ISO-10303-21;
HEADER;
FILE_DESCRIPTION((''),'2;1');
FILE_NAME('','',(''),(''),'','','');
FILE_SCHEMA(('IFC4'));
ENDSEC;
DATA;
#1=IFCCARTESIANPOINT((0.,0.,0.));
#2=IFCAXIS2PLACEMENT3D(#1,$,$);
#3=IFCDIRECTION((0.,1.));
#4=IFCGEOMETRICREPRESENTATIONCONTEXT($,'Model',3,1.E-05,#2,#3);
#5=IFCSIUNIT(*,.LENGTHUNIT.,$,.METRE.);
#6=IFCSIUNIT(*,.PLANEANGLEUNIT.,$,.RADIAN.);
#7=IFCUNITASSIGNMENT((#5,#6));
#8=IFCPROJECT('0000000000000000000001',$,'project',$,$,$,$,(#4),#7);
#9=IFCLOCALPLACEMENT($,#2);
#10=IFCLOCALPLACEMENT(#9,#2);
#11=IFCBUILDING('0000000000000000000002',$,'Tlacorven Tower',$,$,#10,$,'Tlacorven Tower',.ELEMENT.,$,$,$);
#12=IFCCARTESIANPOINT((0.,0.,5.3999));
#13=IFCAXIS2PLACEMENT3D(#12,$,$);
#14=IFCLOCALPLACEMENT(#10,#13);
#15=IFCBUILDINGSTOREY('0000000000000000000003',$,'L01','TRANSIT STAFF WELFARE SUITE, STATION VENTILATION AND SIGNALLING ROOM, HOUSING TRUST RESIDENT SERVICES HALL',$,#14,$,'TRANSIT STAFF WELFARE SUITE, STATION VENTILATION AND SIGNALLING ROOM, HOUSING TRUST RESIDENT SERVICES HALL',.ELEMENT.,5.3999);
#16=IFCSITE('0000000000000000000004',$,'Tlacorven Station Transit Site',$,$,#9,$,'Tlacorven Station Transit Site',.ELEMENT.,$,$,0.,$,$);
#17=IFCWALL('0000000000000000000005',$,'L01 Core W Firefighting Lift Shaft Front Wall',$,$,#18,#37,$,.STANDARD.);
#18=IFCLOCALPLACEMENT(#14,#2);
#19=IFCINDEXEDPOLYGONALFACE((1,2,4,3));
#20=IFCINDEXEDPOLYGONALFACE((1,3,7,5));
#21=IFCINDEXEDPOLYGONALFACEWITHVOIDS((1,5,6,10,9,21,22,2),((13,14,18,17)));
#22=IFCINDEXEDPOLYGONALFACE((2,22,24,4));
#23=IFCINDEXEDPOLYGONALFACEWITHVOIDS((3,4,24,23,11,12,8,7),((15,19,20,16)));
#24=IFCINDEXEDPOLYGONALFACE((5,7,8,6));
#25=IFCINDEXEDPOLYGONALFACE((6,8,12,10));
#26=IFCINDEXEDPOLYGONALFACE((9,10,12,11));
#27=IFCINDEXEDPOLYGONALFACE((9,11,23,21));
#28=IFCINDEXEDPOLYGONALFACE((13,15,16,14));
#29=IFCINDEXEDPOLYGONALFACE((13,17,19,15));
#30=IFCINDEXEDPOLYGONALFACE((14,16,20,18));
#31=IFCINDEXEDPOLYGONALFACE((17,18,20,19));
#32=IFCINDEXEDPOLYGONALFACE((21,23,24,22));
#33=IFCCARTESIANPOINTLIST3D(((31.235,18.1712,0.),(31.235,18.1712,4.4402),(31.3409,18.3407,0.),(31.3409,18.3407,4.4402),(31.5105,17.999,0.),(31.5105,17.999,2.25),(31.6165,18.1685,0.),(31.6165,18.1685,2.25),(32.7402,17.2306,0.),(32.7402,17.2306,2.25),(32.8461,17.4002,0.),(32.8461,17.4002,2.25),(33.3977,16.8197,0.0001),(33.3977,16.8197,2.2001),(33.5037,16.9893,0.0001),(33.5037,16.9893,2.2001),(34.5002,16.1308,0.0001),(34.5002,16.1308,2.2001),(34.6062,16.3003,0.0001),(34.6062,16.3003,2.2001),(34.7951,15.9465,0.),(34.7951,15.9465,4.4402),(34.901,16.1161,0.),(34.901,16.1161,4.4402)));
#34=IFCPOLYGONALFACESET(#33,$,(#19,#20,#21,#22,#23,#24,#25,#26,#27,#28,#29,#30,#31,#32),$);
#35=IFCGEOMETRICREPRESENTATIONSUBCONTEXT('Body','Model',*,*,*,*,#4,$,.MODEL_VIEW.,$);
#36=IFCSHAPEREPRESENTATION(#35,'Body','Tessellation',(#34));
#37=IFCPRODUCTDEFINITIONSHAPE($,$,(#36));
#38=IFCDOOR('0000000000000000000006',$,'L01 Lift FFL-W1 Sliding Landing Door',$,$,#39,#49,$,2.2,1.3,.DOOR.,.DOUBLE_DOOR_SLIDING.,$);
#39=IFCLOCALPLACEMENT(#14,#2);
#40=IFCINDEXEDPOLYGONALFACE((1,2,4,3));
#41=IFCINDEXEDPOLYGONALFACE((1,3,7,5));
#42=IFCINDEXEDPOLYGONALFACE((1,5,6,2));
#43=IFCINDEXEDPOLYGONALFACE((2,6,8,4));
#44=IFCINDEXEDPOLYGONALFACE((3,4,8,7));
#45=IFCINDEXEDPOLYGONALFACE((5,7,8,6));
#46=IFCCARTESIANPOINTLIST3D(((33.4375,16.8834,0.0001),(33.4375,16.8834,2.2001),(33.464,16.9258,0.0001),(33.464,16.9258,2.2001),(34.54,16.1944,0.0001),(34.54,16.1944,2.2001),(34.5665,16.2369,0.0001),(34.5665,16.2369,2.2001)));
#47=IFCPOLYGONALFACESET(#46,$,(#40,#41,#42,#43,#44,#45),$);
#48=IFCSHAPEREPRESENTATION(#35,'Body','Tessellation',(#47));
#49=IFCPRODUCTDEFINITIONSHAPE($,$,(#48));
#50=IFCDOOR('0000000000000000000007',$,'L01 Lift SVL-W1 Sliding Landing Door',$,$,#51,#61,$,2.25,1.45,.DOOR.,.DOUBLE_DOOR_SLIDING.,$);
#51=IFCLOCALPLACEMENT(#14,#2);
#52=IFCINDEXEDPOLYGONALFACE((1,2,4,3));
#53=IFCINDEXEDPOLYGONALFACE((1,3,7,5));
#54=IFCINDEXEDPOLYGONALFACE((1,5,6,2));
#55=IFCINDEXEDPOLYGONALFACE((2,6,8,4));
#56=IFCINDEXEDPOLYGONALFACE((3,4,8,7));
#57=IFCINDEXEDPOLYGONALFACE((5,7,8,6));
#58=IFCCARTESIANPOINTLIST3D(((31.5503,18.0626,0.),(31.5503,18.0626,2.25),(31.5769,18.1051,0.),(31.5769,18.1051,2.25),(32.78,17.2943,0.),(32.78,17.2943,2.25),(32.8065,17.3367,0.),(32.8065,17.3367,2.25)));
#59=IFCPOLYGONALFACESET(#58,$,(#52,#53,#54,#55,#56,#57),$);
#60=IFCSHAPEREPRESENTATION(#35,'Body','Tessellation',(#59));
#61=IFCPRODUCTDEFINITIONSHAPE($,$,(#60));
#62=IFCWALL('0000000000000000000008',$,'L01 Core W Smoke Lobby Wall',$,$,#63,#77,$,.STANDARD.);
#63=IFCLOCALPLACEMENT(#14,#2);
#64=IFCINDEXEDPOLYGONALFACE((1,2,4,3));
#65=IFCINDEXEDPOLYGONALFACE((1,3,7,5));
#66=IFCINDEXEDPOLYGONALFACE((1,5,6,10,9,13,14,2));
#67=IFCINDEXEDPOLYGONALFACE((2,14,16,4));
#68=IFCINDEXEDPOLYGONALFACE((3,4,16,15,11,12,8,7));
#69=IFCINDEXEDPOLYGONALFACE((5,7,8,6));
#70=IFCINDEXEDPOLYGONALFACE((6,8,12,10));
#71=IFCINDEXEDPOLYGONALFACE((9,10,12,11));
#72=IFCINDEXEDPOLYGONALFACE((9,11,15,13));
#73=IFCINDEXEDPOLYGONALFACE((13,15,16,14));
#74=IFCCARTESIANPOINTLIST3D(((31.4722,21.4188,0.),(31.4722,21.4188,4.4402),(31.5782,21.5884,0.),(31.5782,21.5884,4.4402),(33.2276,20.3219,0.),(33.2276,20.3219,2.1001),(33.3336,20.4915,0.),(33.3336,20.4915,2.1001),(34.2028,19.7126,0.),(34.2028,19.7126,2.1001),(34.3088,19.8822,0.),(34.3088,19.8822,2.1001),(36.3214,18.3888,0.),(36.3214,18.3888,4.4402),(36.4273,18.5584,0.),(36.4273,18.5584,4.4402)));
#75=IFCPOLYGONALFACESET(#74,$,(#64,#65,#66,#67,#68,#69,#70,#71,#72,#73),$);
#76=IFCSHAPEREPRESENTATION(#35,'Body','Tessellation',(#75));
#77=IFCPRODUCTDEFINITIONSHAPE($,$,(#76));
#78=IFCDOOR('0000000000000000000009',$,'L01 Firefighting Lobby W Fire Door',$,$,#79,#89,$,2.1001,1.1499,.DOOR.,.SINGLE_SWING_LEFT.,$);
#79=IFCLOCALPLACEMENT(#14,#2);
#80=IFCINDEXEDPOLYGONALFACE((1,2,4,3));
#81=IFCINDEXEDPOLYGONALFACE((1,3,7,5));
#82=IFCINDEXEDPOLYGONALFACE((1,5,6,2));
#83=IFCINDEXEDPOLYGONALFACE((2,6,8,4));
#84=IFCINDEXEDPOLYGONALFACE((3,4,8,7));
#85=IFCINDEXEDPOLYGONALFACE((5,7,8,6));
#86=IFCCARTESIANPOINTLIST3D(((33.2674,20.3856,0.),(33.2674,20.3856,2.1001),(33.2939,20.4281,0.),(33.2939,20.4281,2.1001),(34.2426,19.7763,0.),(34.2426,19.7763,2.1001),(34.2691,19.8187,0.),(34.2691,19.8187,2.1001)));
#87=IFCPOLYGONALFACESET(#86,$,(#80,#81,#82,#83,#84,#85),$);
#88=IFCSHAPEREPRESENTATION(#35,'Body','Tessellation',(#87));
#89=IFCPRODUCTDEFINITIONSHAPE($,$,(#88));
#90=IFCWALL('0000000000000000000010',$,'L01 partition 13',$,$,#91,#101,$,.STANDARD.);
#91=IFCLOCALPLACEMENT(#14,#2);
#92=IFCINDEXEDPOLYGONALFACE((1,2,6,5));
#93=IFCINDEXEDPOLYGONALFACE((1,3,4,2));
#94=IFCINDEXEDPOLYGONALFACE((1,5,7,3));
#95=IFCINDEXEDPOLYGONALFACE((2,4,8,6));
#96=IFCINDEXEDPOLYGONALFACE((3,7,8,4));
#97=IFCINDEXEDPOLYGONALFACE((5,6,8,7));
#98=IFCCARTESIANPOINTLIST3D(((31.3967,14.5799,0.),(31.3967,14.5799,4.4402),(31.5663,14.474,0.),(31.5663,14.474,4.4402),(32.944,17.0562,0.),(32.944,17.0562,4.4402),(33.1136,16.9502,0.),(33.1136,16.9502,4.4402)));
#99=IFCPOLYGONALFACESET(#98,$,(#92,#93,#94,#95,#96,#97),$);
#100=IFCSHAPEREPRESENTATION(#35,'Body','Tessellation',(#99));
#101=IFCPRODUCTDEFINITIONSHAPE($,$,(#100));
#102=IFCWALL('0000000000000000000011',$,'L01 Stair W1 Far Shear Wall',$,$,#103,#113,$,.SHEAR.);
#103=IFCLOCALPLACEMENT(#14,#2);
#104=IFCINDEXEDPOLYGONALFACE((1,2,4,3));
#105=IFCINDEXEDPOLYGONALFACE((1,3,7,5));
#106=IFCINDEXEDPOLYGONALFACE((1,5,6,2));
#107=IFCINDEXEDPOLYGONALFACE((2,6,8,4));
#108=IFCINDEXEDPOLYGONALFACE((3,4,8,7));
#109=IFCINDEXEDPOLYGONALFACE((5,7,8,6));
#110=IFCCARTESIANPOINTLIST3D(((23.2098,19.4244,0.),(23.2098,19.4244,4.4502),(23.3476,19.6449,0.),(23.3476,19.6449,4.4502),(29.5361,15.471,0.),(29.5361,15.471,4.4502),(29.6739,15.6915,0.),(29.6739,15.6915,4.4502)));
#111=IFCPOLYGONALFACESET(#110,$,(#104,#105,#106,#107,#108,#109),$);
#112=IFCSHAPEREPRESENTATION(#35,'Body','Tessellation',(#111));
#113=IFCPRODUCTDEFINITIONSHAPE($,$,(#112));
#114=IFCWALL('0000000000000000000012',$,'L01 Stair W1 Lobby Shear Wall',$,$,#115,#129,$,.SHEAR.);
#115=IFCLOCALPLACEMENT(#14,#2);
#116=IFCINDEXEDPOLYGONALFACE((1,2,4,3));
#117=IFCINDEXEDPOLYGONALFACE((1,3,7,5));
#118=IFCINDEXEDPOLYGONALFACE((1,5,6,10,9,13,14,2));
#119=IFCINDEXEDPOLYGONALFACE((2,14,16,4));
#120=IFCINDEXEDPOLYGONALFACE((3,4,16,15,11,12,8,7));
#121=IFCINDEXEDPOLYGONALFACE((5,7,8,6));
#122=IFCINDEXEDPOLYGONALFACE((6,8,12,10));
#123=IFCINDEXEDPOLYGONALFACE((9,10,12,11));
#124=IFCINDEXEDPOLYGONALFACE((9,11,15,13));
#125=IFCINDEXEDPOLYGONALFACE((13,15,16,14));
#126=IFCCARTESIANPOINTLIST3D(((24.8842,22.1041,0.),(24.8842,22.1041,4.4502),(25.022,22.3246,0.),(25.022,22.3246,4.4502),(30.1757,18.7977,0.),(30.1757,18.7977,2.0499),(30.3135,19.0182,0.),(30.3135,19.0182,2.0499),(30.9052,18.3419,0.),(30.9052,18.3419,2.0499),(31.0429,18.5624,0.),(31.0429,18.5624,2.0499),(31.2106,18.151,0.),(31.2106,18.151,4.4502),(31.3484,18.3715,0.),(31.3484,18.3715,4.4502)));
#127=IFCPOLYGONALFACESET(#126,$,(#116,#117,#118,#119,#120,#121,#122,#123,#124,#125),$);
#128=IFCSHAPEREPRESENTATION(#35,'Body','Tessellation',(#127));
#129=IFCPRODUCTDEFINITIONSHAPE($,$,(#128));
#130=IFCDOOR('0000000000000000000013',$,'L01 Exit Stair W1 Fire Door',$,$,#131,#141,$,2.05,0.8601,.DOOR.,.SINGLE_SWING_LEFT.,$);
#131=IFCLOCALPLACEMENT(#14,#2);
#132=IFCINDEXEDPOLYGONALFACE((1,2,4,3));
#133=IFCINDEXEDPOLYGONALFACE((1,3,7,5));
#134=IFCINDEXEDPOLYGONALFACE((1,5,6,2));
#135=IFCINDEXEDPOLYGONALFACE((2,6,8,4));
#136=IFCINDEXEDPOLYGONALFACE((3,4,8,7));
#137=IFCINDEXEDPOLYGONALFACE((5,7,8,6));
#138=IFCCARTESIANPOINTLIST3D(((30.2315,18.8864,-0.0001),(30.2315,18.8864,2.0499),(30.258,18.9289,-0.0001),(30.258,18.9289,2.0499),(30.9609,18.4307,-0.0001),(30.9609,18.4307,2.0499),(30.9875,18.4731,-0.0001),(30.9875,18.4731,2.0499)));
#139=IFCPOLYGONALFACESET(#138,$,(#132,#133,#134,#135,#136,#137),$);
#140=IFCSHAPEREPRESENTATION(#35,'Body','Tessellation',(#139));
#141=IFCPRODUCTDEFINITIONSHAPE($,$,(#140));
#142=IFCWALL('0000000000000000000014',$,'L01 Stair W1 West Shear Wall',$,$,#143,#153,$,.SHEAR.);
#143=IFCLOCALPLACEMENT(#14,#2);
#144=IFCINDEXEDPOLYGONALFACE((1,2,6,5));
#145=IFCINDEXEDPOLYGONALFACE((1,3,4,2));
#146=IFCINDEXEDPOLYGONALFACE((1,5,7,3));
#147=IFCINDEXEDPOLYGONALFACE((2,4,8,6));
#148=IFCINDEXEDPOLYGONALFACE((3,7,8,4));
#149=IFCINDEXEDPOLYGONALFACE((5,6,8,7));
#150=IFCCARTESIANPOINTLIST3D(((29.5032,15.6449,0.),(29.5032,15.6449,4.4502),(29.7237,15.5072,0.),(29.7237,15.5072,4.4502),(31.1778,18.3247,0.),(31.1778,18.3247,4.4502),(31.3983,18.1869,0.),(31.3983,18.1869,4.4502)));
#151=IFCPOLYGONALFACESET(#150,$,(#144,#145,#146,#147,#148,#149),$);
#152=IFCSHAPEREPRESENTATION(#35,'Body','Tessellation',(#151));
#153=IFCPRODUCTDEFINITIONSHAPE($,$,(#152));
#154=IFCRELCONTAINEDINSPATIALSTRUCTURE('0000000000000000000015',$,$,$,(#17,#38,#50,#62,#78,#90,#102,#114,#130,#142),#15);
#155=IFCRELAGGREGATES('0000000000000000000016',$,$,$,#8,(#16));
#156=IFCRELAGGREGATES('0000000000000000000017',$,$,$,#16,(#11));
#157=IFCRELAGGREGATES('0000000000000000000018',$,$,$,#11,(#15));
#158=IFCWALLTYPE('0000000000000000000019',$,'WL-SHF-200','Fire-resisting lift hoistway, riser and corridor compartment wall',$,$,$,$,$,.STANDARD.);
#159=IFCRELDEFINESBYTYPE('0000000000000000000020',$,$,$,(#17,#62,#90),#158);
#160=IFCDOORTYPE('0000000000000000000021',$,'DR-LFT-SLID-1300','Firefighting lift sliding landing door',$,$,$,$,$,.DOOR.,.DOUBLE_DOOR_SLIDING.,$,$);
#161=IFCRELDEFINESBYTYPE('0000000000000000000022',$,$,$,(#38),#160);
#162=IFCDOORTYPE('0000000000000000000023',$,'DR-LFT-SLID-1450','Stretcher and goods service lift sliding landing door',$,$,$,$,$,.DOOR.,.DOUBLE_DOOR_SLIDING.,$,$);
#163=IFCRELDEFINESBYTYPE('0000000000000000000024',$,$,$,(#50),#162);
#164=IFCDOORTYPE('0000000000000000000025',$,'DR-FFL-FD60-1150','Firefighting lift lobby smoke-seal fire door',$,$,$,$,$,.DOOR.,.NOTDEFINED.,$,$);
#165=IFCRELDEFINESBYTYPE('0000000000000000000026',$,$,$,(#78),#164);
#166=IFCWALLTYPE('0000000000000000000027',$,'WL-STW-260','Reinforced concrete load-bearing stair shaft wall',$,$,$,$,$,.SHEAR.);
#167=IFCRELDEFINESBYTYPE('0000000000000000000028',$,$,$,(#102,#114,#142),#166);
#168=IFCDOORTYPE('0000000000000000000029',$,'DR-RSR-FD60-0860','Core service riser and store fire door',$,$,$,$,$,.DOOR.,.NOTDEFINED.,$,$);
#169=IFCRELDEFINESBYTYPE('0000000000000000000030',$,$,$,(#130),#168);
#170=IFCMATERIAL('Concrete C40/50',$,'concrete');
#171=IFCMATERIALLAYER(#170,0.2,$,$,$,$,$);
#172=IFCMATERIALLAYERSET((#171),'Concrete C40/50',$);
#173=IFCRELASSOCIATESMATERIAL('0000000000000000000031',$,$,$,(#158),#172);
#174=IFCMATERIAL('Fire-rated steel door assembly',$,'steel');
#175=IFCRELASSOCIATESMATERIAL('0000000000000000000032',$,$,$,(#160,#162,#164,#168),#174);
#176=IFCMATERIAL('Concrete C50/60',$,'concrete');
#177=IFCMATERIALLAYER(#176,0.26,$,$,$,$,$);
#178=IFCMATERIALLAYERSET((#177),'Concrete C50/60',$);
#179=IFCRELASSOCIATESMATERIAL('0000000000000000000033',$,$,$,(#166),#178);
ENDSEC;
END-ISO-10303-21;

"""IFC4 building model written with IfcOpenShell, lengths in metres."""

from ifc_helpers import new_model, si_unit, direction, frame, frame_2d, origin, place, context, subcontext, project, spatial, rectangle, extrude, source, transform, mapped, material, layer, layer_set, type_object, element, fill, save


model = new_model("IFC4")

# Units and contexts
model_context = context("Model", 3, precision=1e-05, world=origin(), true_north=direction((0.0, 1.0)))
body_context = subcontext(model_context, "Body", "Model", "MODEL_VIEW")
ifc_project = project(units=[si_unit("LENGTHUNIT", "METRE"), si_unit("PLANEANGLEUNIT", "RADIAN")], contexts=[model_context])

# Site, building, storey
site_placement = place(None, origin())
site = spatial("IfcSite", under=ifc_project, at=site_placement, Name="Tlacorven Station Transit Site", LongName="Tlacorven Station Transit Site", CompositionType="ELEMENT", RefElevation=0.0)
building_placement = place(site_placement, origin())
building = spatial("IfcBuilding", under=site, at=building_placement, Name="Tlacorven Tower", LongName="Tlacorven Tower", CompositionType="ELEMENT")
storey_placement = place(building_placement, frame((0.0, 0.0, 5.3999)))
storey = spatial("IfcBuildingStorey", under=building, at=storey_placement, Name="L01", Description="TRANSIT STAFF WELFARE SUITE, STATION VENTILATION AND SIGNALLING ROOM, HOUSING TRUST RESIDENT SERVICES HALL", LongName="TRANSIT STAFF WELFARE SUITE, STATION VENTILATION AND SIGNALLING ROOM, HOUSING TRUST RESIDENT SERVICES HALL", CompositionType="ELEMENT", Elevation=5.3999)

# Wall, openings, doors
ifc_material_1 = material(Name="Concrete C40/50", Category="concrete")
ifc_layer_1 = layer(ifc_material_1, 0.2)
ifc_layer_set_1 = layer_set([ifc_layer_1], Name="Concrete C40/50")
wall_type_1 = type_object("IfcWallType", Name="WL-SHF-200", Description="Fire-resisting lift hoistway, riser and corridor compartment wall", PredefinedType="STANDARD", material=ifc_layer_set_1)
wall_1_placement = place(storey_placement, frame((34.8481, 16.0312, 0.0), z_axis=(0.0, 0.0, 1.0), x_axis=(-0.848044, 0.529926, 0.0)))
wall_1 = element("IfcWall", 1, at=wall_1_placement, inside=storey, type_object=wall_type_1, Name="L01 Core W Firefighting Lift Shaft Front Wall", PredefinedType="STANDARD", context=body_context, shape_type="SweptSolid", body=[
    extrude(rectangle(XDim=4.198, YDim=0.2, at=frame_2d((2.0991, 0.0))), origin(), (0.0, 0.0, 1.0), 4.4402),
])
opening_1_placement = place(wall_1_placement, frame((0.3479, 0.0, 0.0)))
opening_1 = element("IfcOpeningElement", 2, at=opening_1_placement, cuts=wall_1, PredefinedType="OPENING", context=body_context, shape_type="SweptSolid", body=[
    extrude(rectangle(XDim=1.3, YDim=2.2, at=frame_2d((0.6499, 1.1001))), frame((0.0, 0.1099, 0.0), z_axis=(0.0, -1.0, 0.0), x_axis=(1.0, 0.0, 0.0)), (0.0, 0.0, 1.0), 0.22),
])
opening_2_placement = place(wall_1_placement, frame((2.4231, 0.0, 0.0)))
opening_2 = element("IfcOpeningElement", 3, at=opening_2_placement, cuts=wall_1, PredefinedType="OPENING", context=body_context, shape_type="SweptSolid", body=[
    extrude(rectangle(XDim=1.45, YDim=2.25, at=frame_2d((0.7251, 1.125))), frame((0.0, 0.1099, 0.0), z_axis=(0.0, -1.0, 0.0), x_axis=(1.0, 0.0, 0.0)), (0.0, 0.0, 1.0), 0.22),
])
ifc_material_2 = material(Name="Fire-rated steel door assembly", Category="steel")
door_type_1 = type_object("IfcDoorType", Name="DR-LFT-SLID-1300", Description="Firefighting lift sliding landing door", OperationType="DOUBLE_DOOR_SLIDING", PredefinedType="DOOR", material=ifc_material_2)
shared_shape_1 = source(origin(), body_context, "Body", "SweptSolid", [
    extrude(rectangle(XDim=1.3, YDim=2.2, at=frame_2d((0.6499, 1.1001))), frame((0.0, 0.0249, 0.0), z_axis=(0.0, -1.0, 0.0), x_axis=(1.0, 0.0, 0.0)), (0.0, 0.0, 1.0), 0.05),
])
door_1_placement = place(opening_1_placement, origin())
door_1 = element("IfcDoor", 4, at=door_1_placement, inside=storey, type_object=door_type_1, Name="L01 Lift FFL-W1 Sliding Landing Door", OperationType="DOUBLE_DOOR_SLIDING", OverallHeight=2.2, OverallWidth=1.3, PredefinedType="DOOR", context=body_context, shape_type="MappedRepresentation", body=[
    mapped(shared_shape_1, transform((0.0, 0.0, 0.0), scale=1.0)),
])
fill(opening_1, door_1)
door_type_2 = type_object("IfcDoorType", Name="DR-LFT-SLID-1450", Description="Stretcher and goods service lift sliding landing door", OperationType="DOUBLE_DOOR_SLIDING", PredefinedType="DOOR", material=ifc_material_2)
shared_shape_2 = source(origin(), body_context, "Body", "SweptSolid", [
    extrude(rectangle(XDim=1.45, YDim=2.25, at=frame_2d((0.7251, 1.125))), frame((0.0, 0.0249, 0.0), z_axis=(0.0, -1.0, 0.0), x_axis=(1.0, 0.0, 0.0)), (0.0, 0.0, 1.0), 0.05),
])
door_2_placement = place(opening_2_placement, origin())
door_2 = element("IfcDoor", 5, at=door_2_placement, inside=storey, type_object=door_type_2, Name="L01 Lift SVL-W1 Sliding Landing Door", OperationType="DOUBLE_DOOR_SLIDING", OverallHeight=2.25, OverallWidth=1.45, PredefinedType="DOOR", context=body_context, shape_type="MappedRepresentation", body=[
    mapped(shared_shape_2, transform((0.0, 0.0, 0.0), scale=1.0)),
])
fill(opening_2, door_2)

# Wall, opening, door
wall_2_placement = place(storey_placement, frame((36.3743, 18.4736, 0.0), z_axis=(0.0, 0.0, 1.0), x_axis=(-0.848051, 0.529915, 0.0)))
wall_2 = element("IfcWall", 6, at=wall_2_placement, inside=storey, type_object=wall_type_1, Name="L01 Core W Smoke Lobby Wall", PredefinedType="STANDARD", context=body_context, shape_type="SweptSolid", body=[
    extrude(rectangle(XDim=5.718, YDim=0.2, at=frame_2d((2.8589, 0.0))), origin(), (0.0, 0.0, 1.0), 4.4402),
])
opening_3_placement = place(wall_2_placement, frame((2.498, 0.0, 0.0)))
opening_3 = element("IfcOpeningElement", 7, at=opening_3_placement, cuts=wall_2, PredefinedType="OPENING", context=body_context, shape_type="SweptSolid", body=[
    extrude(rectangle(XDim=1.1499, YDim=2.1001, at=frame_2d((0.575, 1.05))), frame((0.0, 0.1099, 0.0), z_axis=(0.0, -1.0, 0.0), x_axis=(1.0, 0.0, 0.0)), (0.0, 0.0, 1.0), 0.22),
])
door_type_3 = type_object("IfcDoorType", Name="DR-FFL-FD60-1150", Description="Firefighting lift lobby smoke-seal fire door", OperationType="NOTDEFINED", PredefinedType="DOOR", material=ifc_material_2)
shared_shape_3 = source(origin(), body_context, "Body", "SweptSolid", [
    extrude(rectangle(XDim=1.1499, YDim=2.1001, at=frame_2d((0.575, 1.05))), frame((0.0, 0.0249, 0.0), z_axis=(0.0, -1.0, 0.0), x_axis=(1.0, 0.0, 0.0)), (0.0, 0.0, 1.0), 0.05),
])
door_3_placement = place(opening_3_placement, origin())
door_3 = element("IfcDoor", 8, at=door_3_placement, inside=storey, type_object=door_type_3, Name="L01 Firefighting Lobby W Fire Door", OperationType="SINGLE_SWING_LEFT", OverallHeight=2.1001, OverallWidth=1.1499, PredefinedType="DOOR", context=body_context, shape_type="MappedRepresentation", body=[
    mapped(shared_shape_3, transform((0.0, 0.0, 0.0), scale=1.0)),
])
fill(opening_3, door_3)

# Walls
wall_3_placement = place(storey_placement, frame((33.0288, 17.0032, 0.0), z_axis=(0.0, 0.0, 1.0), x_axis=(-0.529916, -0.84805, 0.0)))
element("IfcWall", 9, at=wall_3_placement, inside=storey, type_object=wall_type_1, Name="L01 partition 13", PredefinedType="STANDARD", context=body_context, shape_type="SweptSolid", body=[
    extrude(rectangle(XDim=2.9199, YDim=0.2, at=frame_2d((1.46, 0.0))), origin(), (0.0, 0.0, 1.0), 4.4402),
])
ifc_material_3 = material(Name="Concrete C50/60", Category="concrete")
ifc_layer_2 = layer(ifc_material_3, 0.26)
ifc_layer_set_2 = layer_set([ifc_layer_2], Name="Concrete C50/60")
wall_type_2 = type_object("IfcWallType", Name="WL-STW-260", Description="Reinforced concrete load-bearing stair shaft wall", PredefinedType="SHEAR", material=ifc_layer_set_2)
wall_4_placement = place(storey_placement, frame((29.605, 15.5813, 0.0), z_axis=(0.0, 0.0, 1.0), x_axis=(-0.848037, 0.529937, 0.0)))
element("IfcWall", 10, at=wall_4_placement, inside=storey, type_object=wall_type_2, Name="L01 Stair W1 Far Shear Wall", PredefinedType="SHEAR", context=body_context, shape_type="SweptSolid", body=[
    extrude(rectangle(XDim=7.46, YDim=0.26, at=frame_2d((3.73, 0.0))), origin(), (0.0, 0.0, 1.0), 4.4502),
])

# Wall, opening, door
wall_5_placement = place(storey_placement, frame((31.2795, 18.2612, 0.0), z_axis=(0.0, 0.0, 1.0), x_axis=(-0.848052, 0.529914, 0.0)))
wall_5 = element("IfcWall", 11, at=wall_5_placement, inside=storey, type_object=wall_type_2, Name="L01 Stair W1 Lobby Shear Wall", PredefinedType="SHEAR", context=body_context, shape_type="SweptSolid", body=[
    extrude(rectangle(XDim=7.46, YDim=0.26, at=frame_2d((3.73, 0.0))), origin(), (0.0, 0.0, 1.0), 4.4502),
])
opening_4_placement = place(wall_5_placement, frame((0.3601, 0.0, 0.0)))
opening_4 = element("IfcOpeningElement", 12, at=opening_4_placement, cuts=wall_5, PredefinedType="OPENING", context=body_context, shape_type="SweptSolid", body=[
    extrude(rectangle(XDim=0.8601, YDim=2.05, at=frame_2d((0.4302, 1.0249))), frame((0.0, 0.1401, 0.0), z_axis=(0.0, -1.0, 0.0), x_axis=(1.0, 0.0, 0.0)), (0.0, 0.0, 1.0), 0.28),
])
door_type_4 = type_object("IfcDoorType", Name="DR-RSR-FD60-0860", Description="Core service riser and store fire door", OperationType="NOTDEFINED", PredefinedType="DOOR", material=ifc_material_2)
shared_shape_4 = source(origin(), body_context, "Body", "SweptSolid", [
    extrude(rectangle(XDim=0.8601, YDim=2.05, at=frame_2d((0.4302, 1.0249))), frame((0.0, 0.0249, 0.0), z_axis=(0.0, -1.0, 0.0), x_axis=(1.0, 0.0, 0.0)), (0.0, 0.0, 1.0), 0.05),
])
door_4_placement = place(opening_4_placement, frame((0.8601, 0.0, 0.0), z_axis=(0.0, 0.0, 1.0), x_axis=(-1.0, 0.0, 0.0)))
door_4 = element("IfcDoor", 13, at=door_4_placement, inside=storey, type_object=door_type_4, Name="L01 Exit Stair W1 Fire Door", OperationType="SINGLE_SWING_LEFT", OverallHeight=2.05, OverallWidth=0.8601, PredefinedType="DOOR", context=body_context, shape_type="MappedRepresentation", body=[
    mapped(shared_shape_4, transform((0.0, 0.0, 0.0), scale=1.0)),
])
fill(opening_4, door_4)

# Wall
wall_6_placement = place(storey_placement, frame((31.2881, 18.2559, 0.0), z_axis=(0.0, 0.0, 1.0), x_axis=(-0.529943, -0.848033, 0.0)))
element("IfcWall", 14, at=wall_6_placement, inside=storey, type_object=wall_type_2, Name="L01 Stair W1 West Shear Wall", PredefinedType="SHEAR", context=body_context, shape_type="SweptSolid", body=[
    extrude(rectangle(XDim=3.1599, YDim=0.26, at=frame_2d((1.5801, 0.0))), origin(), (0.0, 0.0, 1.0), 4.4502),
])

save(model, "model.ifc")
